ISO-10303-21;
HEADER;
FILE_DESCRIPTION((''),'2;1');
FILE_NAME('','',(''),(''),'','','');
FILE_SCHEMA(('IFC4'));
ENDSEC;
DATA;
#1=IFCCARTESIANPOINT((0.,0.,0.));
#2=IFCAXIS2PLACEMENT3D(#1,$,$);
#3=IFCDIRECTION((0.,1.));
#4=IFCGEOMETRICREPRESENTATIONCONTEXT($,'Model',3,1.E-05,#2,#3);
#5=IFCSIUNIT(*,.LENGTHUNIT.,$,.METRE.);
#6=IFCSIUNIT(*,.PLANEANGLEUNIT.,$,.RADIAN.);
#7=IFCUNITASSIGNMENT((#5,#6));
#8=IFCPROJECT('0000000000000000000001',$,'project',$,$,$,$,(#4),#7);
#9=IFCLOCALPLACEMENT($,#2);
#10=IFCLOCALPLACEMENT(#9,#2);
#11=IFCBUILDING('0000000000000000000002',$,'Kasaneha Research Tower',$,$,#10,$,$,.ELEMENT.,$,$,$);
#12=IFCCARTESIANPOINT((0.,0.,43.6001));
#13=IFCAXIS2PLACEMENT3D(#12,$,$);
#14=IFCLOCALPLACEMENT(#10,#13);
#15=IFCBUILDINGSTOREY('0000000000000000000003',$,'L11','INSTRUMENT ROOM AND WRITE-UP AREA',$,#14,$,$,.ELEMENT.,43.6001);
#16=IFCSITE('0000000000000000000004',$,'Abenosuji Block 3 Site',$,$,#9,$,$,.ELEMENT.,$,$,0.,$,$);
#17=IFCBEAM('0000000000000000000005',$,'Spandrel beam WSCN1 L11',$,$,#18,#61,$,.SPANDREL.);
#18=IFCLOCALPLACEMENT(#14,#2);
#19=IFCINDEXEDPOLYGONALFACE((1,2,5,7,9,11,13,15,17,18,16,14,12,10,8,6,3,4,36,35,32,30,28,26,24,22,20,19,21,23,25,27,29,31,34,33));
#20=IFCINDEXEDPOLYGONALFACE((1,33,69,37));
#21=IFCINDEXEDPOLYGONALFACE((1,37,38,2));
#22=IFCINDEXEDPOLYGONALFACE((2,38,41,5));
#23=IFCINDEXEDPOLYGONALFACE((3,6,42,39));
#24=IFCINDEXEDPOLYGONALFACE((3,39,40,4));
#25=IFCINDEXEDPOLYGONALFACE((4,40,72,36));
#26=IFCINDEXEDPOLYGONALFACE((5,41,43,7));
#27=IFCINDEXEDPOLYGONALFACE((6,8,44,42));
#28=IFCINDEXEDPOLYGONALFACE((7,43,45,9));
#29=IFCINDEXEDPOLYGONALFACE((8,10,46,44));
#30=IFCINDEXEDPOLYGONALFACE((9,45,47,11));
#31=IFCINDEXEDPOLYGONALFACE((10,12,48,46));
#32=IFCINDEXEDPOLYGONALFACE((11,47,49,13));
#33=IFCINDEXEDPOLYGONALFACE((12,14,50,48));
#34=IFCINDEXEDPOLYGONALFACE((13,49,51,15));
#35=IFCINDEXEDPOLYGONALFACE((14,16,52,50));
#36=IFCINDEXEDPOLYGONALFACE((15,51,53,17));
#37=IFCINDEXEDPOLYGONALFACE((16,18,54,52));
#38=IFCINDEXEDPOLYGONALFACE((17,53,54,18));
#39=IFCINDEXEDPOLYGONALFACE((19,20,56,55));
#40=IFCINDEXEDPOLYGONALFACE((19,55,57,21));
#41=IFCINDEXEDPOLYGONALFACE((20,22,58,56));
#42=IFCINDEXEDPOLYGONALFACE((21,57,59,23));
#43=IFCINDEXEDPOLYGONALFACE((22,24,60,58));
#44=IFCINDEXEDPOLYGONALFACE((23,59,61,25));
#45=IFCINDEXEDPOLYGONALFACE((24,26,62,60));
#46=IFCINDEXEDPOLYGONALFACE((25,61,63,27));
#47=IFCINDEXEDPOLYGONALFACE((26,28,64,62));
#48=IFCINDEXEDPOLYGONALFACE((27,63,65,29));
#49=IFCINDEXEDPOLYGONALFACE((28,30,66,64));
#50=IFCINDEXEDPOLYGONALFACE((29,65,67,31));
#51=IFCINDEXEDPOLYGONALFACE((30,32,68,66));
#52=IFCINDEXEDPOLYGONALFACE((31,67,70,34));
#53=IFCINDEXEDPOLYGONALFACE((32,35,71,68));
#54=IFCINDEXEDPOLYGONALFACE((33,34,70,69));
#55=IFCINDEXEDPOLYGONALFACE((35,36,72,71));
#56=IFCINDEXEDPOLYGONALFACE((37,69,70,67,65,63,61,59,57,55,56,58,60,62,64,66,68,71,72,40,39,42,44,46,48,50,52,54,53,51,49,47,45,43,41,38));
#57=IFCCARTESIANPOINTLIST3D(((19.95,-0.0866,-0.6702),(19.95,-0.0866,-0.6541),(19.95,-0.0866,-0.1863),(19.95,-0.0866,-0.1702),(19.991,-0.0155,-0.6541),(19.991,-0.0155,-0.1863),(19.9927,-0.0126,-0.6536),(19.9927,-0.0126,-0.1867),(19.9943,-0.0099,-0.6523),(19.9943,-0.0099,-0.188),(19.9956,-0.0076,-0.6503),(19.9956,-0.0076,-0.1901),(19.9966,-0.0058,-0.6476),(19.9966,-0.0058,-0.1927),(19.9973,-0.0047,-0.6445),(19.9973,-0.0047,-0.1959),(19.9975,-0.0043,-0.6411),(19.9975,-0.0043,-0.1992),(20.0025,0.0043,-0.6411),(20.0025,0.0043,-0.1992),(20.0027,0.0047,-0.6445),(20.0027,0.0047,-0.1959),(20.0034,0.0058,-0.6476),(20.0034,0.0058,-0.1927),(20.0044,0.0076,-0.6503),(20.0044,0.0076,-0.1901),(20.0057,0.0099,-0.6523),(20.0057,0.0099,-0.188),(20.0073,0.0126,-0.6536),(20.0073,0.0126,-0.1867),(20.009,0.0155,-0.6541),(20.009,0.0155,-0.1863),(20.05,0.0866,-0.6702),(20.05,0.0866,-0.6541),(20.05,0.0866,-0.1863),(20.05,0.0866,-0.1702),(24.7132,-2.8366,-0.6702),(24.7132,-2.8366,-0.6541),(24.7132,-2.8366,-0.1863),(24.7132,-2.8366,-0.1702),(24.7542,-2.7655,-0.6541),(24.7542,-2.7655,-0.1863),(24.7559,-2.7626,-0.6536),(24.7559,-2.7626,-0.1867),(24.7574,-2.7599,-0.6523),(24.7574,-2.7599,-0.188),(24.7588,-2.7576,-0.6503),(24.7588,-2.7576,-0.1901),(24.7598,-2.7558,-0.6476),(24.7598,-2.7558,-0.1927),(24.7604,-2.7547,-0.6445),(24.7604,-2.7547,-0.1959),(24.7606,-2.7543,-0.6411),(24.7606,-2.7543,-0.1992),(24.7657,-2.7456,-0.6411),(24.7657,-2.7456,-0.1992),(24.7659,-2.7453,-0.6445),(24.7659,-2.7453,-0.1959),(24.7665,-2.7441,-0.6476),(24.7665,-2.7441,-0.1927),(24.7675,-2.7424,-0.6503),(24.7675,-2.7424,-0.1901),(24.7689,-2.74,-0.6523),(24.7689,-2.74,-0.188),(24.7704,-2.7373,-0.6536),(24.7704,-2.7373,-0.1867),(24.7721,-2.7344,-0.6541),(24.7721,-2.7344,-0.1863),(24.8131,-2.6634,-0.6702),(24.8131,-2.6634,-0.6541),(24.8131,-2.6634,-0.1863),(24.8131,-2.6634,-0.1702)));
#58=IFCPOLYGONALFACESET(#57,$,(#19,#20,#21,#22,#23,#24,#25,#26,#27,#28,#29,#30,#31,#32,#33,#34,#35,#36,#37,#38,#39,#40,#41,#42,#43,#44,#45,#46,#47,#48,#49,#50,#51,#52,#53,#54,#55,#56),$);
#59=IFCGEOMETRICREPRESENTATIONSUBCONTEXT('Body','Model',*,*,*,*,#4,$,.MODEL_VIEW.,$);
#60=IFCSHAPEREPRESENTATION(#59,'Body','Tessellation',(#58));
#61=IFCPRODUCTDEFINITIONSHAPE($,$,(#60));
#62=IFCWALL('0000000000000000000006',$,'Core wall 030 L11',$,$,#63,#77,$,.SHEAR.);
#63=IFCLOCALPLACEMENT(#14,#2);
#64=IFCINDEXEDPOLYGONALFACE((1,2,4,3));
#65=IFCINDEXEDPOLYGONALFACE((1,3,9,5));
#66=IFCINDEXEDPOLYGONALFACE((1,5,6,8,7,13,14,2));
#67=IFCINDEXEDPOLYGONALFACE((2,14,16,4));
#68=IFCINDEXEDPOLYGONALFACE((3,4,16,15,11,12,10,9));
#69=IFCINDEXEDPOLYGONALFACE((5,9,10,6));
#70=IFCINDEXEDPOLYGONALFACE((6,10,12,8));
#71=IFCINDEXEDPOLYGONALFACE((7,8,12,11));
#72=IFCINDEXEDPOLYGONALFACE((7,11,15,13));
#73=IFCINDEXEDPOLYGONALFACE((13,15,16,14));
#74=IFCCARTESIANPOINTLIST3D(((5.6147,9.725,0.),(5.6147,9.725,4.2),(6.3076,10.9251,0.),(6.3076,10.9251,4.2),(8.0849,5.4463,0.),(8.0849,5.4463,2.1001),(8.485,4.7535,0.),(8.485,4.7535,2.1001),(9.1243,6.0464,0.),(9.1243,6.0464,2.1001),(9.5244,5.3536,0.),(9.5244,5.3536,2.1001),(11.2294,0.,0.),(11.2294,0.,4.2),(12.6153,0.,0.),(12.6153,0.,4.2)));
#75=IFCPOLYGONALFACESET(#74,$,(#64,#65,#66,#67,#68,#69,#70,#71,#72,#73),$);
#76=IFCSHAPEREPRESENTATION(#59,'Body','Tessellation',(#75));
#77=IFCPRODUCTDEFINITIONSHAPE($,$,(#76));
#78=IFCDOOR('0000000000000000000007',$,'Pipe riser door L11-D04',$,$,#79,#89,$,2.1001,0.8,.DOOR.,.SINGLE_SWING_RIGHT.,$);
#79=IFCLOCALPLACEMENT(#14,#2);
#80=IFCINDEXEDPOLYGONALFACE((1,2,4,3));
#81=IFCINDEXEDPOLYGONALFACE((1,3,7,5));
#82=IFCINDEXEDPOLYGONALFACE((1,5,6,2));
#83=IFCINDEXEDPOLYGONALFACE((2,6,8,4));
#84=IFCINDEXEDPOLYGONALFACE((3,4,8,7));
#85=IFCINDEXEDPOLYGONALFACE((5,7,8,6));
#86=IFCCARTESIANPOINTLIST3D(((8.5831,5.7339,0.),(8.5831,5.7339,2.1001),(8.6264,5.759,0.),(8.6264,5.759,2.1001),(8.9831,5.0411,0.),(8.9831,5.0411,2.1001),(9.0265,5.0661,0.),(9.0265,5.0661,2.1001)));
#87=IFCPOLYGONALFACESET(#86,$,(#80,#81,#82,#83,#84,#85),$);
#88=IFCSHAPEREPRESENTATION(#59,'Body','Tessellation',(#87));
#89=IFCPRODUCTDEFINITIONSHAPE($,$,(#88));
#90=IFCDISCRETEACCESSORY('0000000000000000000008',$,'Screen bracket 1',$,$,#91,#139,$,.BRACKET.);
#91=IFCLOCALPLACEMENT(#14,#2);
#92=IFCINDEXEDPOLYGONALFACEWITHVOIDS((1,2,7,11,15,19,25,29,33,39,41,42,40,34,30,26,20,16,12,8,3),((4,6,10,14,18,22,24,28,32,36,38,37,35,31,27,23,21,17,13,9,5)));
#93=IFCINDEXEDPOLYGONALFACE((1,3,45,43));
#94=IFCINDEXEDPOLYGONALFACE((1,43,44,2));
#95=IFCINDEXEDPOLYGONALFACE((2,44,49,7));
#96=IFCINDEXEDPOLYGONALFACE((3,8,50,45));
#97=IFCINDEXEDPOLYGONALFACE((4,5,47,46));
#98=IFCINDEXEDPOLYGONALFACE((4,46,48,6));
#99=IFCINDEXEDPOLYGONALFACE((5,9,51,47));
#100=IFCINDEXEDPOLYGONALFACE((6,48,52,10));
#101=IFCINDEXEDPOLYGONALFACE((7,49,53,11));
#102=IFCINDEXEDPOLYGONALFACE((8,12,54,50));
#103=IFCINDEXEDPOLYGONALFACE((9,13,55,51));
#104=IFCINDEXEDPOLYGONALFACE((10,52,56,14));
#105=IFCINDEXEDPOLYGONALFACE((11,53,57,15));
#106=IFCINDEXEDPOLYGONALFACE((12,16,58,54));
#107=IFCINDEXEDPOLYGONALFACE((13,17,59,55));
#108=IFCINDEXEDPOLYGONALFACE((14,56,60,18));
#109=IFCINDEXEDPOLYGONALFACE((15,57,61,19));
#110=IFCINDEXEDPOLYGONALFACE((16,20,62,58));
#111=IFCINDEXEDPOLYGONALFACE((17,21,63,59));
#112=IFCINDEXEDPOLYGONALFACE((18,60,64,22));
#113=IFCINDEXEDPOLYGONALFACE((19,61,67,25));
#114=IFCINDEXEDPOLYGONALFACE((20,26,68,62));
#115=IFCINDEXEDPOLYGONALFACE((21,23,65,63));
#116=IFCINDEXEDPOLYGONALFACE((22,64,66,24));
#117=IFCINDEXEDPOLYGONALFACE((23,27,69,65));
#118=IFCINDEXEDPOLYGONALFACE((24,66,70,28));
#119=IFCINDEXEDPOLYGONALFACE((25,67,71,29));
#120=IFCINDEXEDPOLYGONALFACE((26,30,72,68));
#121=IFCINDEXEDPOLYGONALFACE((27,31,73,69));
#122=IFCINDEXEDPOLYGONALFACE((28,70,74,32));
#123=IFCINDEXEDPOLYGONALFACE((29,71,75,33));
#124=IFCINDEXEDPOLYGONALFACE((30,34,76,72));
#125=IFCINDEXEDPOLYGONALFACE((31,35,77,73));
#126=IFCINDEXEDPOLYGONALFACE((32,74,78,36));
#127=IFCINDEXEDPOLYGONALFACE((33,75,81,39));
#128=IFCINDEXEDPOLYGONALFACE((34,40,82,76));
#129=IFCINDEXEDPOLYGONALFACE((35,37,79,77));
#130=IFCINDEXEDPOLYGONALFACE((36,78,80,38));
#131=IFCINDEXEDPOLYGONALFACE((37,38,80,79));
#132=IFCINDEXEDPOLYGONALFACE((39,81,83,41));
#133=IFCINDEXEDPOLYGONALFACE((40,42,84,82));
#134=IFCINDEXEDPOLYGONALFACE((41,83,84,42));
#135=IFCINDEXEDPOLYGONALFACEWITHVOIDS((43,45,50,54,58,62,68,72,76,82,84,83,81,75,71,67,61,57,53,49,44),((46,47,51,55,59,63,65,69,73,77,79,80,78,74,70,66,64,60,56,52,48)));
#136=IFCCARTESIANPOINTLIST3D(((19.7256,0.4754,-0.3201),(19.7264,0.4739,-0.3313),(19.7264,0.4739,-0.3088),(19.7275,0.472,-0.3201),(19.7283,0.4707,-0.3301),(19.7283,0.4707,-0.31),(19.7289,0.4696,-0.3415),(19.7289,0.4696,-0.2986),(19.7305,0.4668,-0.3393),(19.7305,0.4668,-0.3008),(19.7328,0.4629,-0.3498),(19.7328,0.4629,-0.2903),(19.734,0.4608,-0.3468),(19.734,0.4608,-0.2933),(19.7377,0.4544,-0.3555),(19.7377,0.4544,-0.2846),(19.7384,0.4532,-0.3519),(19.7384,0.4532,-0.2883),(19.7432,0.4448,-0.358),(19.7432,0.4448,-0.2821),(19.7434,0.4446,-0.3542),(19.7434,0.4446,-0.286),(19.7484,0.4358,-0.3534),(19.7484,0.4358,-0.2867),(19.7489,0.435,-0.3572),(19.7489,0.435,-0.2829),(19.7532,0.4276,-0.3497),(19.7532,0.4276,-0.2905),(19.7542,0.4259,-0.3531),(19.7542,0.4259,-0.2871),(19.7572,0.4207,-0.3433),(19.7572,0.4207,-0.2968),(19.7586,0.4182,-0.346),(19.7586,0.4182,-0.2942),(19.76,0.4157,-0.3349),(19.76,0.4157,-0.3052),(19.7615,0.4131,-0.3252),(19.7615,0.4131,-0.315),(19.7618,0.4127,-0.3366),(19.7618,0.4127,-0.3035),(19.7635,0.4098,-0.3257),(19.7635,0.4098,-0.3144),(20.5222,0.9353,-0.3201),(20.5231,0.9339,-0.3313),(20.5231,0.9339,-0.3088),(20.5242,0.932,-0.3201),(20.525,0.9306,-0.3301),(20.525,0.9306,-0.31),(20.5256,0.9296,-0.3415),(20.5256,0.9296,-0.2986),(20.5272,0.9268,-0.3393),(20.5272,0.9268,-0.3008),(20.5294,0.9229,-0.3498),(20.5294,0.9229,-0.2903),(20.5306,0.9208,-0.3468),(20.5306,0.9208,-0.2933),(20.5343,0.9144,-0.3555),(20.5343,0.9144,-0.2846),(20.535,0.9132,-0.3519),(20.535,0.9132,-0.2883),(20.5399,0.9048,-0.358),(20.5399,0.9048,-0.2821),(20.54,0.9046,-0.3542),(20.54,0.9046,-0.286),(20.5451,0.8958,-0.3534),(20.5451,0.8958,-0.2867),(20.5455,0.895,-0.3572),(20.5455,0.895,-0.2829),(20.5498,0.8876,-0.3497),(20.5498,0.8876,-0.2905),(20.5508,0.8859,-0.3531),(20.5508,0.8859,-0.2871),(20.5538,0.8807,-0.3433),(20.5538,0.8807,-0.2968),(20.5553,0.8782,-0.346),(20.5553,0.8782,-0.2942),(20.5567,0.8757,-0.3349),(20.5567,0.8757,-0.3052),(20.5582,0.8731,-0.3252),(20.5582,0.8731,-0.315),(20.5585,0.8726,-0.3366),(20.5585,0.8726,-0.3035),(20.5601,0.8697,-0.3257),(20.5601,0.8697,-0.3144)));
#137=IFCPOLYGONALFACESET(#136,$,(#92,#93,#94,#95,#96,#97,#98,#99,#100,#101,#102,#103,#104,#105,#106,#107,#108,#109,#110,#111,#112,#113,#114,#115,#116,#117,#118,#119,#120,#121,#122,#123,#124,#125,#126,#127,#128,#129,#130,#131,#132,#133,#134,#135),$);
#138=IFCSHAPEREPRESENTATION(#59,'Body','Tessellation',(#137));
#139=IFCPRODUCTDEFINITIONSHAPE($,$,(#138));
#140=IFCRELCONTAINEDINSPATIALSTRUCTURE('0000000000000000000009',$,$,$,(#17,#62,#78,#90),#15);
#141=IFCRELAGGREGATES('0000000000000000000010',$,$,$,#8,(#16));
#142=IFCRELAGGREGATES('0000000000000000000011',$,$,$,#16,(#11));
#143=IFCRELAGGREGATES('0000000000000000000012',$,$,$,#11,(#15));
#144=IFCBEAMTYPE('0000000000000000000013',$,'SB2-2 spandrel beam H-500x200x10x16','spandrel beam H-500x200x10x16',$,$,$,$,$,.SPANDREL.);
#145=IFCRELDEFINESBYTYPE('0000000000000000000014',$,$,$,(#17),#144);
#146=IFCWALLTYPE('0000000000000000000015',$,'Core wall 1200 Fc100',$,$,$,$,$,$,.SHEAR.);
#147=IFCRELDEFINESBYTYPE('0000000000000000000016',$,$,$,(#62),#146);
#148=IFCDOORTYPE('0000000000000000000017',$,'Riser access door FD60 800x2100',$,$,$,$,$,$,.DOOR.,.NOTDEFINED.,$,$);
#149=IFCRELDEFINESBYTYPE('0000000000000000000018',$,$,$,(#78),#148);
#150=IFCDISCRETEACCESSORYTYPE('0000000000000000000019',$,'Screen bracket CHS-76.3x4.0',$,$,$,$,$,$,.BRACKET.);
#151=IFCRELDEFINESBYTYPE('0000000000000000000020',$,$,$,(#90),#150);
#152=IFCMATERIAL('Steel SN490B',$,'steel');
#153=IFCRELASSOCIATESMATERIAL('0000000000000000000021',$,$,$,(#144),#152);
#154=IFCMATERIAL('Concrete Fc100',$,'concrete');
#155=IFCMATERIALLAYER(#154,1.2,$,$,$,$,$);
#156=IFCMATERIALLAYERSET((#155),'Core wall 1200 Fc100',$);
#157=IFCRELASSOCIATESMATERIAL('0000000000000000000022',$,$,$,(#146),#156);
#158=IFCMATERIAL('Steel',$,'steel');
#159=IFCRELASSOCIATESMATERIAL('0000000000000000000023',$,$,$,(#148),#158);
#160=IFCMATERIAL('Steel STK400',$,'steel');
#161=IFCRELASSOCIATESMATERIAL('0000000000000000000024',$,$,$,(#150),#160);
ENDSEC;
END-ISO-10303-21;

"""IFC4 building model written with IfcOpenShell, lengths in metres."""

from ifc_helpers import new_model, si_unit, direction, frame, frame_2d, origin, origin_2d, place, context, subcontext, project, spatial, polyline, rectangle, hollow_circle, i_section, outline, extrude, material, layer, layer_set, material_profile, profile_set, type_object, element, fill, save


model = new_model("IFC4")

# Units and contexts
model_context = context("Model", 3, precision=1e-05, world=origin(), true_north=direction((0.0, 1.0)))
body_context = subcontext(model_context, "Body", "Model", "MODEL_VIEW")
ifc_project = project(units=[si_unit("LENGTHUNIT", "METRE"), si_unit("PLANEANGLEUNIT", "RADIAN")], contexts=[model_context])

# Site, building, storey
site_placement = place(None, origin())
site = spatial("IfcSite", under=ifc_project, at=site_placement, Name="Abenosuji Block 3 Site", CompositionType="ELEMENT", RefElevation=0.0)
building_placement = place(site_placement, origin())
building = spatial("IfcBuilding", under=site, at=building_placement, Name="Kasaneha Research Tower", CompositionType="ELEMENT")
storey_placement = place(building_placement, frame((0.0, 0.0, 43.6001)))
storey = spatial("IfcBuildingStorey", under=building, at=storey_placement, Name="L11", Description="INSTRUMENT ROOM AND WRITE-UP AREA", CompositionType="ELEMENT", Elevation=43.6001)

# Beam
ifc_material_1 = material(Name="Steel SN490B", Category="steel")
ifc_material_profile_1 = material_profile(ifc_material_1, i_section(OverallWidth=0.2, OverallDepth=0.5, WebThickness=0.01, FlangeThickness=0.0161, FilletRadius=0.0129, at=origin_2d()), Name="H-500x200x10x16")
ifc_profile_set_1 = profile_set([ifc_material_profile_1], Name="Steel SN490B")
beam_type_1 = type_object("IfcBeamType", Name="SB2-2 spandrel beam H-500x200x10x16", Description="spandrel beam H-500x200x10x16", PredefinedType="SPANDREL", material=ifc_profile_set_1)
beam_1_placement = place(storey_placement, frame((20.0, 0.0, -0.4202), z_axis=(0.866027, -0.499997, 0.0), x_axis=(0.499997, 0.866027, 0.0)))
element("IfcBeam", 1, at=beam_1_placement, inside=storey, type_object=beam_type_1, Name="Spandrel beam WSCN1 L11", PredefinedType="SPANDREL", context=body_context, shape_type="SweptSolid", body=[
    extrude(i_section(OverallWidth=0.2, OverallDepth=0.5, WebThickness=0.01, FlangeThickness=0.0161, FilletRadius=0.0129, at=origin_2d()), origin(), (0.0, 0.0, 1.0), 5.5),
])

# Wall, opening, door
ifc_material_2 = material(Name="Concrete Fc100", Category="concrete")
ifc_layer_1 = layer(ifc_material_2, 1.2)
ifc_layer_set_1 = layer_set([ifc_layer_1], Name="Core wall 1200 Fc100")
wall_type_1 = type_object("IfcWallType", Name="Core wall 1200 Fc100", PredefinedType="SHEAR", material=ifc_layer_set_1)
wall_1_placement = place(storey_placement, frame((11.9224, 0.0, 0.0), z_axis=(0.0, 0.0, 1.0), x_axis=(-0.500004, 0.866023, 0.0)))
wall_1 = element("IfcWall", 2, at=wall_1_placement, inside=storey, type_object=wall_type_1, Name="Core wall 030 L11", PredefinedType="SHEAR", context=body_context, shape_type="SweptSolid", body=[
    extrude(outline(polyline([(-0.3464, -0.6001), (5.8354, -0.6001), (6.6355, -0.6001), (12.2688, -0.6001), (11.5759, 0.6001), (6.6355, 0.6001), (5.8354, 0.6001), (0.3464, 0.6001), (-0.3464, -0.6001)])), origin(), (0.0, 0.0, 1.0), 4.2),
])
opening_1_placement = place(wall_1_placement, frame((5.8354, 0.0, 0.0)))
opening_1 = element("IfcOpeningElement", 3, at=opening_1_placement, cuts=wall_1, PredefinedType="OPENING", context=body_context, shape_type="SweptSolid", body=[
    extrude(rectangle(XDim=0.8, YDim=2.1001, at=frame_2d((0.3999, 1.05))), frame((0.0, 0.6099, 0.0), z_axis=(0.0, -1.0, 0.0), x_axis=(1.0, 0.0, 0.0)), (0.0, 0.0, 1.0), 1.22),
])
ifc_material_3 = material(Name="Steel", Category="steel")
door_type_1 = type_object("IfcDoorType", Name="Riser access door FD60 800x2100", OperationType="NOTDEFINED", PredefinedType="DOOR", material=ifc_material_3)
door_1_placement = place(opening_1_placement, origin())
door_1 = element("IfcDoor", 4, at=door_1_placement, inside=storey, type_object=door_type_1, Name="Pipe riser door L11-D04", OperationType="SINGLE_SWING_RIGHT", OverallHeight=2.1001, OverallWidth=0.8, PredefinedType="DOOR", context=body_context, shape_type="SweptSolid", body=[
    extrude(rectangle(XDim=0.8, YDim=2.1001, at=frame_2d((0.3999, 1.05))), frame((0.0, 0.0249, 0.0), z_axis=(0.0, -1.0, 0.0), x_axis=(1.0, 0.0, 0.0)), (0.0, 0.0, 1.0), 0.05),
])
fill(opening_1, door_1)

# Discrete accessory
ifc_material_4 = material(Name="Steel STK400", Category="steel")
ifc_material_profile_2 = material_profile(ifc_material_4, hollow_circle(Radius=0.0381, WallThickness=0.0039, at=origin_2d()), Name="CHS-76.3x4.0")
ifc_profile_set_2 = profile_set([ifc_material_profile_2], Name="Steel STK400")
discrete_accessory_type = type_object("IfcDiscreteAccessoryType", Name="Screen bracket CHS-76.3x4.0", PredefinedType="BRACKET", material=ifc_profile_set_2)
discrete_accessory_placement = place(storey_placement, frame((19.7446, 0.4424, -0.3201), z_axis=(0.866013, 0.500021, 0.0), x_axis=(-0.500021, 0.866013, 0.0)))
element("IfcDiscreteAccessory", 5, at=discrete_accessory_placement, inside=storey, type_object=discrete_accessory_type, Name="Screen bracket 1", PredefinedType="BRACKET", context=body_context, shape_type="SweptSolid", body=[
    extrude(hollow_circle(Radius=0.0381, WallThickness=0.0039, at=origin_2d()), origin(), (0.0, 0.0, 1.0), 0.9199),
])

save(model, "model.ifc")
